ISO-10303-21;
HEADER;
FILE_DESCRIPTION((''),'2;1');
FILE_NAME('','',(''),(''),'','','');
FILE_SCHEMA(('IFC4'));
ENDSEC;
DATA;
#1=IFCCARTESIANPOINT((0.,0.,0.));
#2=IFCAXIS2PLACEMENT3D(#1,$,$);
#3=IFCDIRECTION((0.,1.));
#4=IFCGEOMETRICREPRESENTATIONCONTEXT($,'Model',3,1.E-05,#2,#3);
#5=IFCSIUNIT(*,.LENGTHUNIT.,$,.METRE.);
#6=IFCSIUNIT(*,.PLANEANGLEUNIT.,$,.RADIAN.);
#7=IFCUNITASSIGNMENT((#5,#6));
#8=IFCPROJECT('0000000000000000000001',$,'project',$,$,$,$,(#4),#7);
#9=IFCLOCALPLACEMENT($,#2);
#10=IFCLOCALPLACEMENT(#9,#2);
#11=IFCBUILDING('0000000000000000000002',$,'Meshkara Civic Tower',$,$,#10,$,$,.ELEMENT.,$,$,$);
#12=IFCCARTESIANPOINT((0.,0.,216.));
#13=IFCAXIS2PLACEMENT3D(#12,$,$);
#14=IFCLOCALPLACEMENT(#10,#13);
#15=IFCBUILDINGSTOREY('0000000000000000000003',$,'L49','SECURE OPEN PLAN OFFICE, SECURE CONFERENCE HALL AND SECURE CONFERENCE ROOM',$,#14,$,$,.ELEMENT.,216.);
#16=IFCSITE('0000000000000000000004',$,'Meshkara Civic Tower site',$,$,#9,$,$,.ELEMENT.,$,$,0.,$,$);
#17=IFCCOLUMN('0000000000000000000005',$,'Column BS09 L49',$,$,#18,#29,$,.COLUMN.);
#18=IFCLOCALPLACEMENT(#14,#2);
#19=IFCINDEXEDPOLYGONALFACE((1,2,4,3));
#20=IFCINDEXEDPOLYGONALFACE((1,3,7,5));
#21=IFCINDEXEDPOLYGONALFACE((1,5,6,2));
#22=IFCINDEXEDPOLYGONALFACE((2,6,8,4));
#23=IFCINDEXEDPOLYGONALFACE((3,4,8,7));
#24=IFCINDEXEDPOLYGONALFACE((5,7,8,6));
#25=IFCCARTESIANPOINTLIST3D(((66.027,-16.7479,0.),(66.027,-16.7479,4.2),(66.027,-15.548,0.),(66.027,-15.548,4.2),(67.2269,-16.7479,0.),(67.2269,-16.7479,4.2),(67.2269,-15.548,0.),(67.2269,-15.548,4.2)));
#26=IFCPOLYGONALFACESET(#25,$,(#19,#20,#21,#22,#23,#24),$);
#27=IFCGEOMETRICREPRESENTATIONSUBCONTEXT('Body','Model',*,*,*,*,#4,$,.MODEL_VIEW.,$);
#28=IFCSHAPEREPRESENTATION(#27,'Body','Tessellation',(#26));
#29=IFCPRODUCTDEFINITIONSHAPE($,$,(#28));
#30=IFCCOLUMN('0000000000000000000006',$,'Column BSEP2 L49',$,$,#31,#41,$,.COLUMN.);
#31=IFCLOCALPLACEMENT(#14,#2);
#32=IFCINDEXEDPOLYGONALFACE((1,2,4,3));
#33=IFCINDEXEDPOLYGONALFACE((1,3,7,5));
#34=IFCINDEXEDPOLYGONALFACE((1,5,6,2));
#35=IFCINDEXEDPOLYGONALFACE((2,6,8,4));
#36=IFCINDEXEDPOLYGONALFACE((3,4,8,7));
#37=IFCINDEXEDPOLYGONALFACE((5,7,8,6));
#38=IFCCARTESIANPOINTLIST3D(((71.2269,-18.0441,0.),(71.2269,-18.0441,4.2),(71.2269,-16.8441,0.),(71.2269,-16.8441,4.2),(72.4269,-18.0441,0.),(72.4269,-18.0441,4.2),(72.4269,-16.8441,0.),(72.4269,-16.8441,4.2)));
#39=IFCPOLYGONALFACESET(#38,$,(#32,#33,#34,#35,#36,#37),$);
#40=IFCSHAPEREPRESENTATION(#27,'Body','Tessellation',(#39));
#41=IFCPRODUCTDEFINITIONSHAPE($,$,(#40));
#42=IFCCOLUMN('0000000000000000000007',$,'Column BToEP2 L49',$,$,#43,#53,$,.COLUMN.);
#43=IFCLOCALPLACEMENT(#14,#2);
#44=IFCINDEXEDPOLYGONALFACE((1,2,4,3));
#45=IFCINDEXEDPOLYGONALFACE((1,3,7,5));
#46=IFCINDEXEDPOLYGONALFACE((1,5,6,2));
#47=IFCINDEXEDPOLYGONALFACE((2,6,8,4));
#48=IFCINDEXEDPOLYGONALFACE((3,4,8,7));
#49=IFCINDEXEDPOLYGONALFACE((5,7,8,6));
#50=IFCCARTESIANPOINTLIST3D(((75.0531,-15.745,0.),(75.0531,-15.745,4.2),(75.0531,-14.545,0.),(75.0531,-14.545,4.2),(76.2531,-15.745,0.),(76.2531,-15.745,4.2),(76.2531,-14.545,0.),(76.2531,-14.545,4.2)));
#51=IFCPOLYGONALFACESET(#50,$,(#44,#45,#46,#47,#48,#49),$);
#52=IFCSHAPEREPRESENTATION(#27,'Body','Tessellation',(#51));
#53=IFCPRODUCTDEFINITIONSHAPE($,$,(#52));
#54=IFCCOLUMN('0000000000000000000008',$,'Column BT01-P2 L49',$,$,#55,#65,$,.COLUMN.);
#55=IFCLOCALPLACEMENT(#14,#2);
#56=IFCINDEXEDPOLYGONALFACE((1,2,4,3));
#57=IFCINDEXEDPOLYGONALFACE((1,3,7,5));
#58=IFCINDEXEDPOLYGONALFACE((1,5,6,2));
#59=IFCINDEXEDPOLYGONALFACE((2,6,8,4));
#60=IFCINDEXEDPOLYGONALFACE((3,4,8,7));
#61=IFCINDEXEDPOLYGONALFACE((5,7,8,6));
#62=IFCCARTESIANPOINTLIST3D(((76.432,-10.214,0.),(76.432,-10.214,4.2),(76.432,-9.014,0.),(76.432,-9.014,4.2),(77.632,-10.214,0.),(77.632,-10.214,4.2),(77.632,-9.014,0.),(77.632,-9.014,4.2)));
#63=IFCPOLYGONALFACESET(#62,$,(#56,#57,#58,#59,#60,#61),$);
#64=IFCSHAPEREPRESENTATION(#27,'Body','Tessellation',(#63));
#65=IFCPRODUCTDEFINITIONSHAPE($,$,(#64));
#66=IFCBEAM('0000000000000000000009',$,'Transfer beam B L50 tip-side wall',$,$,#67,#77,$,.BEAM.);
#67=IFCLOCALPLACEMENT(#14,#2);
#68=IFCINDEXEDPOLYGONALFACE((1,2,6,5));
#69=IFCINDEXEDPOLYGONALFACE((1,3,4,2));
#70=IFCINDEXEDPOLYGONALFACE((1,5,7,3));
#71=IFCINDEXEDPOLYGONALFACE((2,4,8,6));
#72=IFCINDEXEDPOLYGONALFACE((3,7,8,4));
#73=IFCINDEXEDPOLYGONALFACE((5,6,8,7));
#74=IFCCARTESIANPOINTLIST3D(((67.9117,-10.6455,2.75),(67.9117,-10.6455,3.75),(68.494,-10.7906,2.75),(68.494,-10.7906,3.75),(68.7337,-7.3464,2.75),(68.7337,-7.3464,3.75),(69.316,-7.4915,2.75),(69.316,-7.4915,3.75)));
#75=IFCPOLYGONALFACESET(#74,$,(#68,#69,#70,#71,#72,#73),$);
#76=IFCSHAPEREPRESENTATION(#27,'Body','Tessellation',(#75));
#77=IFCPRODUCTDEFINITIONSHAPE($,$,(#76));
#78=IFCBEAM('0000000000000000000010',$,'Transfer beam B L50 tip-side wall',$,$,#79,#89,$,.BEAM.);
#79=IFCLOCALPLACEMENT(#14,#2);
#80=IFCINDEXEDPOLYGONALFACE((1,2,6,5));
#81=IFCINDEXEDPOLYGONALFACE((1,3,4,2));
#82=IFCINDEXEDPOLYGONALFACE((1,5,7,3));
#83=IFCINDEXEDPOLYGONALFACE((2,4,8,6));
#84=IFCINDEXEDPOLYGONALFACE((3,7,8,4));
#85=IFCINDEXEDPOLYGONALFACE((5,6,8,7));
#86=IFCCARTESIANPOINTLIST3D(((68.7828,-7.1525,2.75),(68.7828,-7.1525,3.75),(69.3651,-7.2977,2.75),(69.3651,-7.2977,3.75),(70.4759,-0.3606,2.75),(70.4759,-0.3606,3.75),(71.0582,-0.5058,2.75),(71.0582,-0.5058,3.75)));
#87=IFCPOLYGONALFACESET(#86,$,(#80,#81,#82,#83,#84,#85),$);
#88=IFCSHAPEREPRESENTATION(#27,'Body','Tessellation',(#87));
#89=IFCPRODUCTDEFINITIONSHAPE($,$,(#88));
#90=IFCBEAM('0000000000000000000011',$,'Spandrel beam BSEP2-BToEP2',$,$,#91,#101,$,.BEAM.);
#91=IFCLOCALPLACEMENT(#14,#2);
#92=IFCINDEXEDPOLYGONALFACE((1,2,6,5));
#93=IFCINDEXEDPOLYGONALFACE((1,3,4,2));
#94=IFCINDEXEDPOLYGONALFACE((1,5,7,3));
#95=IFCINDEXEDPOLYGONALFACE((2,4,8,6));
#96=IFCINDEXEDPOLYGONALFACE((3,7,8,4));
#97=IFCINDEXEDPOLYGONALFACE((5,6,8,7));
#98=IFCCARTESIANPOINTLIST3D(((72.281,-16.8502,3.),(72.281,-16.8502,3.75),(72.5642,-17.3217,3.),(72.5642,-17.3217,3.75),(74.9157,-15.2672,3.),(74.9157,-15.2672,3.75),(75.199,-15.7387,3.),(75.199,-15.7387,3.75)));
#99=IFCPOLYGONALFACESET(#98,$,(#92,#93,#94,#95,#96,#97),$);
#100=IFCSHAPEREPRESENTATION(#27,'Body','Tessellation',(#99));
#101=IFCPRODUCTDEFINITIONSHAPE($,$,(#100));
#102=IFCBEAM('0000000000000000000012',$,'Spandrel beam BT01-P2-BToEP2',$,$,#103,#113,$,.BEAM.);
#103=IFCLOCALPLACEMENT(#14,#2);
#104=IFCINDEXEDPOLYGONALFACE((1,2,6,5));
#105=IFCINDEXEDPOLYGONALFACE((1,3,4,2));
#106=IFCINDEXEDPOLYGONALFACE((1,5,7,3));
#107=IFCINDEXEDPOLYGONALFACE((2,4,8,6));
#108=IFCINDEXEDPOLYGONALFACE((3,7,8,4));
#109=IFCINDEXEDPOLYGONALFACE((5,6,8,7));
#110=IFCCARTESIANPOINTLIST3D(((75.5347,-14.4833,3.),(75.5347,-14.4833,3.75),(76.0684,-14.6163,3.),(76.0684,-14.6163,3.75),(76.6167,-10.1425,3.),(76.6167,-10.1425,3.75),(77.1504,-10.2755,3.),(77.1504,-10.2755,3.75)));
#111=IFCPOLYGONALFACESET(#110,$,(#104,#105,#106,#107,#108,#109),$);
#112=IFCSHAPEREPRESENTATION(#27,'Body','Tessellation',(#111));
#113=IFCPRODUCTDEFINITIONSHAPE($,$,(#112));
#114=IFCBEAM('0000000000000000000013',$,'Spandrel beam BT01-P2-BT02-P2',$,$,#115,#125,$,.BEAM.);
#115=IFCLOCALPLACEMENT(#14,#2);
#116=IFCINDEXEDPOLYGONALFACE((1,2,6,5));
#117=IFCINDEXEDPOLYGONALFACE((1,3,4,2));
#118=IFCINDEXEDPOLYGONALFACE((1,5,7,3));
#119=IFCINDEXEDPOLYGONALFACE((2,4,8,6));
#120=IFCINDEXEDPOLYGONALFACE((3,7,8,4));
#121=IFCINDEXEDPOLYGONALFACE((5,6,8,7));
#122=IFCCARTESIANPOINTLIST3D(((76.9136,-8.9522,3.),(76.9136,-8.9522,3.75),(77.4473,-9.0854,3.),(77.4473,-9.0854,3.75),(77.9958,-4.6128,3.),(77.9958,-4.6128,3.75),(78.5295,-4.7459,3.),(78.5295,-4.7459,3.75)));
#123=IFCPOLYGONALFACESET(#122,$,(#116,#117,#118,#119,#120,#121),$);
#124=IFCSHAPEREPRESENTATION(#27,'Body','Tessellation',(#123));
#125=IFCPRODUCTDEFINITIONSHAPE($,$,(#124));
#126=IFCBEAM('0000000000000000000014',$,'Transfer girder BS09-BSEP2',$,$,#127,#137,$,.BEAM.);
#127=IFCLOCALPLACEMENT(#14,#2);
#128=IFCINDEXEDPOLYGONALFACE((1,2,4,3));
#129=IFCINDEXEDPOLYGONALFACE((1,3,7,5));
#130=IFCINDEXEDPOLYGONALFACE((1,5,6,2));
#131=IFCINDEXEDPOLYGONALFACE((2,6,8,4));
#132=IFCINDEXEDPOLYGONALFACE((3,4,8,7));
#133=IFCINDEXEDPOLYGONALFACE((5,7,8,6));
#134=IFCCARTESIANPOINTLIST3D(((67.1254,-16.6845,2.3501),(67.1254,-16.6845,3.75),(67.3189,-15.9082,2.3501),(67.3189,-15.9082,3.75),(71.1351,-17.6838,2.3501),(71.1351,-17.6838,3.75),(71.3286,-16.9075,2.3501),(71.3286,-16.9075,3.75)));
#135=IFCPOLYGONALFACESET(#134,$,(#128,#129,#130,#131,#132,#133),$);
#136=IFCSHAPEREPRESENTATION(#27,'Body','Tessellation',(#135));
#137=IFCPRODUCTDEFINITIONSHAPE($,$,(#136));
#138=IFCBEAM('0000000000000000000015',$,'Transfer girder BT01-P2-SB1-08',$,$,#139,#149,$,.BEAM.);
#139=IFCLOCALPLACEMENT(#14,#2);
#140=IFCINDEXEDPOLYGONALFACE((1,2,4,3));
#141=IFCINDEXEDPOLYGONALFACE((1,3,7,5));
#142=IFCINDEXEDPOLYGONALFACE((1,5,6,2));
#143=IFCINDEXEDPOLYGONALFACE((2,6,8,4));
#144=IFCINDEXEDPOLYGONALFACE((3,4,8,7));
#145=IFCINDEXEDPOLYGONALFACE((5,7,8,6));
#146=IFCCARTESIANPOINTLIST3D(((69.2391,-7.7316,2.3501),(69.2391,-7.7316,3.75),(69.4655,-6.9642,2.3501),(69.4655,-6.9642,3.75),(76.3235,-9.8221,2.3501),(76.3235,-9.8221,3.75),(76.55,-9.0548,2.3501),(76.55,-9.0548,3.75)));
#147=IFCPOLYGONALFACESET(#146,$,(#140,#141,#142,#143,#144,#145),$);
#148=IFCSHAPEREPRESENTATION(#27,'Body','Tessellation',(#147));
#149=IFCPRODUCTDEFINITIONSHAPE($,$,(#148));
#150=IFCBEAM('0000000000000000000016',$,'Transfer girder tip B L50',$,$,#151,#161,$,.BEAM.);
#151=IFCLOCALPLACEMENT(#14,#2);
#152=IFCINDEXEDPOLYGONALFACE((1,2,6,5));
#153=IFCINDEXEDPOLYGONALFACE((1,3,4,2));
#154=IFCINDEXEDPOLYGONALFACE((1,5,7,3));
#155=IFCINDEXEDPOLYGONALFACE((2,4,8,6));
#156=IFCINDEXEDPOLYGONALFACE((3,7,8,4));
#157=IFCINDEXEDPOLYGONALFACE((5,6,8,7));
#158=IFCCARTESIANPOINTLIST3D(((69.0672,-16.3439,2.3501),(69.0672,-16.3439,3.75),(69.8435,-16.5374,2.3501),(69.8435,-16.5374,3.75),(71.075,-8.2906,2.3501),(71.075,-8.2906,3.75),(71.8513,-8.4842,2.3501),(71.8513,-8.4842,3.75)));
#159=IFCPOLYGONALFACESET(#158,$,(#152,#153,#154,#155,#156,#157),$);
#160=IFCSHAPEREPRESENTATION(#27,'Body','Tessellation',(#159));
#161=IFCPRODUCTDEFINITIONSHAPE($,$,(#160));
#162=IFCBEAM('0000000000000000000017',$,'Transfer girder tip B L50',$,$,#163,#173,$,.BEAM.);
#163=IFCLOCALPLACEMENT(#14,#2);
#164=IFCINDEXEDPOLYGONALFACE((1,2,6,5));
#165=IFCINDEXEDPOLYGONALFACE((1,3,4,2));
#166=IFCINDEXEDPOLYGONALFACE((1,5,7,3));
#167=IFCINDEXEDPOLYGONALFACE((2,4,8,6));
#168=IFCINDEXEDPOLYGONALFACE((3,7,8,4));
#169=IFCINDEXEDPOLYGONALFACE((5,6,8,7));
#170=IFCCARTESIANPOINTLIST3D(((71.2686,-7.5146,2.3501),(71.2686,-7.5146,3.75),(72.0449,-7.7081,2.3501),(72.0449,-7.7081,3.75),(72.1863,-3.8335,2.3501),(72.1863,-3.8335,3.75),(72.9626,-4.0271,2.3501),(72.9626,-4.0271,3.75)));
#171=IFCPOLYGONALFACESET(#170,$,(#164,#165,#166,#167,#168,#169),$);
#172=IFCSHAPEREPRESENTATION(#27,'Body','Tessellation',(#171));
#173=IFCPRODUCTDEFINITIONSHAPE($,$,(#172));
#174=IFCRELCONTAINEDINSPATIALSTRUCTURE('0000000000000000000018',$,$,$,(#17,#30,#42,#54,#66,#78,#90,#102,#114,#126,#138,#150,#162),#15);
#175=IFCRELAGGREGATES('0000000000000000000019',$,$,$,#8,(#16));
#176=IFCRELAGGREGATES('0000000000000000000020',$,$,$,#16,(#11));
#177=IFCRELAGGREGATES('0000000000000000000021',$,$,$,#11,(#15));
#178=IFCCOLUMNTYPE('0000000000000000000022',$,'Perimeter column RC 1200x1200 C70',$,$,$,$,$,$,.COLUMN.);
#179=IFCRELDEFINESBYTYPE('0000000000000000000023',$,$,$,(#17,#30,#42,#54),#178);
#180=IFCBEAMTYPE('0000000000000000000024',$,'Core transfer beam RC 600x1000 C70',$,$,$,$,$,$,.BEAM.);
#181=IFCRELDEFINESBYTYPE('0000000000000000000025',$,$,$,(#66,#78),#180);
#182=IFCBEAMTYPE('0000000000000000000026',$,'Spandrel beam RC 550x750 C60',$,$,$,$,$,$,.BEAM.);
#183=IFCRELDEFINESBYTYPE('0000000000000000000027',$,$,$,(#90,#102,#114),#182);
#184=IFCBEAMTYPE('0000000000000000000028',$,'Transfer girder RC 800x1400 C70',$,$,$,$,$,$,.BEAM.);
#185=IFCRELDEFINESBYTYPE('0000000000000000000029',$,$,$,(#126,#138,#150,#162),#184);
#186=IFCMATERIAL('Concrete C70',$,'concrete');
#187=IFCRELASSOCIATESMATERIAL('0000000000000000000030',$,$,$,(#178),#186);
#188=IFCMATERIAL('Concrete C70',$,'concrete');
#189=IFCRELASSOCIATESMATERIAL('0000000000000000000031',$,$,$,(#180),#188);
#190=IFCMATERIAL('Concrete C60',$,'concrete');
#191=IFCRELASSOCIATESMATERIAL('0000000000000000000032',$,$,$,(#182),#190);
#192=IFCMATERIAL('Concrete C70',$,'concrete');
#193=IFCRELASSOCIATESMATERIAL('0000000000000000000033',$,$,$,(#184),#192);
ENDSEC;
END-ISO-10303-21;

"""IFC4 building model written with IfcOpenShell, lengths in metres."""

from ifc_helpers import new_model, si_unit, direction, frame, origin, origin_2d, place, context, subcontext, project, spatial, rectangle, extrude, material, material_profile, profile_set, type_object, element, save


model = new_model("IFC4")

# Units and contexts
model_context = context("Model", 3, precision=1e-05, world=origin(), true_north=direction((0.0, 1.0)))
body_context = subcontext(model_context, "Body", "Model", "MODEL_VIEW")
ifc_project = project(units=[si_unit("LENGTHUNIT", "METRE"), si_unit("PLANEANGLEUNIT", "RADIAN")], contexts=[model_context])

# Site, building, storey
site_placement = place(None, origin())
site = spatial("IfcSite", under=ifc_project, at=site_placement, Name="Meshkara Civic Tower site", CompositionType="ELEMENT", RefElevation=0.0)
building_placement = place(site_placement, origin())
building = spatial("IfcBuilding", under=site, at=building_placement, Name="Meshkara Civic Tower", CompositionType="ELEMENT")
storey_placement = place(building_placement, frame((0.0, 0.0, 216.0)))
storey = spatial("IfcBuildingStorey", under=building, at=storey_placement, Name="L49", Description="SECURE OPEN PLAN OFFICE, SECURE CONFERENCE HALL AND SECURE CONFERENCE ROOM", CompositionType="ELEMENT", Elevation=216.0)

# Columns
ifc_material_1 = material(Name="Concrete C70", Category="concrete")
ifc_material_profile_1 = material_profile(ifc_material_1, rectangle(XDim=1.2, YDim=1.2, at=origin_2d()))
ifc_profile_set_1 = profile_set([ifc_material_profile_1], Name="Concrete C70")
column_type = type_object("IfcColumnType", Name="Perimeter column RC 1200x1200 C70", PredefinedType="COLUMN", material=ifc_profile_set_1)
for number, where, z_axis, x_axis, name in (
    (1, (66.627, -16.1479, 0.0), (0.0, 0.0, 1.0), (1.0, 0.0, 0.0), "Column BS09 L49"),
    (2, (71.8269, -17.4441, 0.0), (0.0, 0.0, 1.0), (1.0, 0.0, 0.0), "Column BSEP2 L49"),
    (3, (75.6531, -15.145, 0.0), (0.0, 0.0, 1.0), (1.0, 0.0, 0.0), "Column BToEP2 L49"),
    (4, (77.032, -9.614, 0.0), (0.0, 0.0, 1.0), (1.0, 0.0, 0.0), "Column BT01-P2 L49"),
):
    element("IfcColumn", number, at=place(storey_placement, frame(where, z_axis=z_axis, x_axis=x_axis)), inside=storey, type_object=column_type, Name=name, PredefinedType="COLUMN", context=body_context, shape_type="SweptSolid", body=[
        extrude(rectangle(XDim=1.2, YDim=1.2, at=origin_2d()), origin(), (0.0, 0.0, 1.0), 4.2),
    ])

# Beams
ifc_material_2 = material(Name="Concrete C70", Category="concrete")
ifc_material_profile_2 = material_profile(ifc_material_2, rectangle(XDim=0.6001, YDim=1.0, at=origin_2d()))
ifc_profile_set_2 = profile_set([ifc_material_profile_2], Name="Concrete C70")
beam_type_1 = type_object("IfcBeamType", Name="Core transfer beam RC 600x1000 C70", PredefinedType="BEAM", material=ifc_profile_set_2)
beam_1_placement = place(storey_placement, frame((68.2029, -10.718, 3.25), z_axis=(0.241775, 0.970332, 0.0), x_axis=(-0.970332, 0.241775, 0.0)))
element("IfcBeam", 5, at=beam_1_placement, inside=storey, type_object=beam_type_1, Name="Transfer beam B L50 tip-side wall", PredefinedType="BEAM", context=body_context, shape_type="SweptSolid", body=[
    extrude(rectangle(XDim=0.6001, YDim=1.0, at=origin_2d()), origin(), (0.0, 0.0, 1.0), 3.3999),
])
beam_2_placement = place(storey_placement, frame((69.074, -7.2251, 3.25), z_axis=(0.241879, 0.970306, 0.0), x_axis=(-0.970306, 0.241879, 0.0)))
element("IfcBeam", 6, at=beam_2_placement, inside=storey, type_object=beam_type_1, Name="Transfer beam B L50 tip-side wall", PredefinedType="BEAM", context=body_context, shape_type="SweptSolid", body=[
    extrude(rectangle(XDim=0.6001, YDim=1.0, at=origin_2d()), origin(), (0.0, 0.0, 1.0), 6.9998),
])
ifc_material_3 = material(Name="Concrete C60", Category="concrete")
ifc_material_profile_3 = material_profile(ifc_material_3, rectangle(XDim=0.55, YDim=0.75, at=origin_2d()))
ifc_profile_set_3 = profile_set([ifc_material_profile_3], Name="Concrete C60")
beam_type_2 = type_object("IfcBeamType", Name="Spandrel beam RC 550x750 C60", PredefinedType="BEAM", material=ifc_profile_set_3)
beam_3_placement = place(storey_placement, frame((72.4226, -17.0859, 3.375), z_axis=(0.857184, 0.51501, 0.0), x_axis=(-0.51501, 0.857184, 0.0)))
element("IfcBeam", 7, at=beam_3_placement, inside=storey, type_object=beam_type_2, Name="Spandrel beam BSEP2-BToEP2", PredefinedType="BEAM", context=body_context, shape_type="SweptSolid", body=[
    extrude(rectangle(XDim=0.55, YDim=0.75, at=origin_2d()), origin(), (0.0, 0.0, 1.0), 3.0737),
])
beam_4_placement = place(storey_placement, frame((75.8015, -14.5498, 3.375), z_axis=(0.241868, 0.970309, 0.0), x_axis=(-0.970309, 0.241868, 0.0)))
element("IfcBeam", 8, at=beam_4_placement, inside=storey, type_object=beam_type_2, Name="Spandrel beam BT01-P2-BToEP2", PredefinedType="BEAM", context=body_context, shape_type="SweptSolid", body=[
    extrude(rectangle(XDim=0.55, YDim=0.75, at=origin_2d()), origin(), (0.0, 0.0, 1.0), 4.4736),
])
beam_5_placement = place(storey_placement, frame((77.1804, -9.0188, 3.375), z_axis=(0.241983, 0.97028, 0.0), x_axis=(-0.97028, 0.241983, 0.0)))
element("IfcBeam", 9, at=beam_5_placement, inside=storey, type_object=beam_type_2, Name="Spandrel beam BT01-P2-BT02-P2", PredefinedType="BEAM", context=body_context, shape_type="SweptSolid", body=[
    extrude(rectangle(XDim=0.55, YDim=0.75, at=origin_2d()), origin(), (0.0, 0.0, 1.0), 4.4724),
])
ifc_material_4 = material(Name="Concrete C70", Category="concrete")
ifc_material_profile_4 = material_profile(ifc_material_4, rectangle(XDim=0.8, YDim=1.3999, at=origin_2d()))
ifc_profile_set_4 = profile_set([ifc_material_profile_4], Name="Concrete C70")
beam_type_3 = type_object("IfcBeamType", Name="Transfer girder RC 800x1400 C70", PredefinedType="BEAM", material=ifc_profile_set_4)
beam_6_placement = place(storey_placement, frame((67.2222, -16.2964, 3.05), z_axis=(0.970323, -0.241813, 0.0), x_axis=(0.241813, 0.970323, 0.0)))
element("IfcBeam", 10, at=beam_6_placement, inside=storey, type_object=beam_type_3, Name="Transfer girder BS09-BSEP2", PredefinedType="BEAM", context=body_context, shape_type="SweptSolid", body=[
    extrude(rectangle(XDim=0.8, YDim=1.3999, at=origin_2d()), origin(), (0.0, 0.0, 1.0), 4.1323),
])
beam_7_placement = place(storey_placement, frame((69.3523, -7.3479, 3.05), z_axis=(0.959112, -0.283027, 0.0), x_axis=(0.283027, 0.959112, 0.0)))
element("IfcBeam", 11, at=beam_7_placement, inside=storey, type_object=beam_type_3, Name="Transfer girder BT01-P2-SB1-08", PredefinedType="BEAM", context=body_context, shape_type="SweptSolid", body=[
    extrude(rectangle(XDim=0.8, YDim=1.3999, at=origin_2d()), origin(), (0.0, 0.0, 1.0), 7.3865),
])
beam_8_placement = place(storey_placement, frame((69.4553, -16.4407, 3.05), z_axis=(0.241913, 0.970298, 0.0), x_axis=(-0.970298, 0.241913, 0.0)))
element("IfcBeam", 12, at=beam_8_placement, inside=storey, type_object=beam_type_3, Name="Transfer girder tip B L50", PredefinedType="BEAM", context=body_context, shape_type="SweptSolid", body=[
    extrude(rectangle(XDim=0.8, YDim=1.3999, at=origin_2d()), origin(), (0.0, 0.0, 1.0), 8.2998),
])
beam_9_placement = place(storey_placement, frame((71.6567, -7.6113, 3.05), z_axis=(0.241915, 0.970298, 0.0), x_axis=(-0.970298, 0.241915, 0.0)))
element("IfcBeam", 13, at=beam_9_placement, inside=storey, type_object=beam_type_3, Name="Transfer girder tip B L50", PredefinedType="BEAM", context=body_context, shape_type="SweptSolid", body=[
    extrude(rectangle(XDim=0.8, YDim=1.3999, at=origin_2d()), origin(), (0.0, 0.0, 1.0), 3.7937),
])

save(model, "model.ifc")
